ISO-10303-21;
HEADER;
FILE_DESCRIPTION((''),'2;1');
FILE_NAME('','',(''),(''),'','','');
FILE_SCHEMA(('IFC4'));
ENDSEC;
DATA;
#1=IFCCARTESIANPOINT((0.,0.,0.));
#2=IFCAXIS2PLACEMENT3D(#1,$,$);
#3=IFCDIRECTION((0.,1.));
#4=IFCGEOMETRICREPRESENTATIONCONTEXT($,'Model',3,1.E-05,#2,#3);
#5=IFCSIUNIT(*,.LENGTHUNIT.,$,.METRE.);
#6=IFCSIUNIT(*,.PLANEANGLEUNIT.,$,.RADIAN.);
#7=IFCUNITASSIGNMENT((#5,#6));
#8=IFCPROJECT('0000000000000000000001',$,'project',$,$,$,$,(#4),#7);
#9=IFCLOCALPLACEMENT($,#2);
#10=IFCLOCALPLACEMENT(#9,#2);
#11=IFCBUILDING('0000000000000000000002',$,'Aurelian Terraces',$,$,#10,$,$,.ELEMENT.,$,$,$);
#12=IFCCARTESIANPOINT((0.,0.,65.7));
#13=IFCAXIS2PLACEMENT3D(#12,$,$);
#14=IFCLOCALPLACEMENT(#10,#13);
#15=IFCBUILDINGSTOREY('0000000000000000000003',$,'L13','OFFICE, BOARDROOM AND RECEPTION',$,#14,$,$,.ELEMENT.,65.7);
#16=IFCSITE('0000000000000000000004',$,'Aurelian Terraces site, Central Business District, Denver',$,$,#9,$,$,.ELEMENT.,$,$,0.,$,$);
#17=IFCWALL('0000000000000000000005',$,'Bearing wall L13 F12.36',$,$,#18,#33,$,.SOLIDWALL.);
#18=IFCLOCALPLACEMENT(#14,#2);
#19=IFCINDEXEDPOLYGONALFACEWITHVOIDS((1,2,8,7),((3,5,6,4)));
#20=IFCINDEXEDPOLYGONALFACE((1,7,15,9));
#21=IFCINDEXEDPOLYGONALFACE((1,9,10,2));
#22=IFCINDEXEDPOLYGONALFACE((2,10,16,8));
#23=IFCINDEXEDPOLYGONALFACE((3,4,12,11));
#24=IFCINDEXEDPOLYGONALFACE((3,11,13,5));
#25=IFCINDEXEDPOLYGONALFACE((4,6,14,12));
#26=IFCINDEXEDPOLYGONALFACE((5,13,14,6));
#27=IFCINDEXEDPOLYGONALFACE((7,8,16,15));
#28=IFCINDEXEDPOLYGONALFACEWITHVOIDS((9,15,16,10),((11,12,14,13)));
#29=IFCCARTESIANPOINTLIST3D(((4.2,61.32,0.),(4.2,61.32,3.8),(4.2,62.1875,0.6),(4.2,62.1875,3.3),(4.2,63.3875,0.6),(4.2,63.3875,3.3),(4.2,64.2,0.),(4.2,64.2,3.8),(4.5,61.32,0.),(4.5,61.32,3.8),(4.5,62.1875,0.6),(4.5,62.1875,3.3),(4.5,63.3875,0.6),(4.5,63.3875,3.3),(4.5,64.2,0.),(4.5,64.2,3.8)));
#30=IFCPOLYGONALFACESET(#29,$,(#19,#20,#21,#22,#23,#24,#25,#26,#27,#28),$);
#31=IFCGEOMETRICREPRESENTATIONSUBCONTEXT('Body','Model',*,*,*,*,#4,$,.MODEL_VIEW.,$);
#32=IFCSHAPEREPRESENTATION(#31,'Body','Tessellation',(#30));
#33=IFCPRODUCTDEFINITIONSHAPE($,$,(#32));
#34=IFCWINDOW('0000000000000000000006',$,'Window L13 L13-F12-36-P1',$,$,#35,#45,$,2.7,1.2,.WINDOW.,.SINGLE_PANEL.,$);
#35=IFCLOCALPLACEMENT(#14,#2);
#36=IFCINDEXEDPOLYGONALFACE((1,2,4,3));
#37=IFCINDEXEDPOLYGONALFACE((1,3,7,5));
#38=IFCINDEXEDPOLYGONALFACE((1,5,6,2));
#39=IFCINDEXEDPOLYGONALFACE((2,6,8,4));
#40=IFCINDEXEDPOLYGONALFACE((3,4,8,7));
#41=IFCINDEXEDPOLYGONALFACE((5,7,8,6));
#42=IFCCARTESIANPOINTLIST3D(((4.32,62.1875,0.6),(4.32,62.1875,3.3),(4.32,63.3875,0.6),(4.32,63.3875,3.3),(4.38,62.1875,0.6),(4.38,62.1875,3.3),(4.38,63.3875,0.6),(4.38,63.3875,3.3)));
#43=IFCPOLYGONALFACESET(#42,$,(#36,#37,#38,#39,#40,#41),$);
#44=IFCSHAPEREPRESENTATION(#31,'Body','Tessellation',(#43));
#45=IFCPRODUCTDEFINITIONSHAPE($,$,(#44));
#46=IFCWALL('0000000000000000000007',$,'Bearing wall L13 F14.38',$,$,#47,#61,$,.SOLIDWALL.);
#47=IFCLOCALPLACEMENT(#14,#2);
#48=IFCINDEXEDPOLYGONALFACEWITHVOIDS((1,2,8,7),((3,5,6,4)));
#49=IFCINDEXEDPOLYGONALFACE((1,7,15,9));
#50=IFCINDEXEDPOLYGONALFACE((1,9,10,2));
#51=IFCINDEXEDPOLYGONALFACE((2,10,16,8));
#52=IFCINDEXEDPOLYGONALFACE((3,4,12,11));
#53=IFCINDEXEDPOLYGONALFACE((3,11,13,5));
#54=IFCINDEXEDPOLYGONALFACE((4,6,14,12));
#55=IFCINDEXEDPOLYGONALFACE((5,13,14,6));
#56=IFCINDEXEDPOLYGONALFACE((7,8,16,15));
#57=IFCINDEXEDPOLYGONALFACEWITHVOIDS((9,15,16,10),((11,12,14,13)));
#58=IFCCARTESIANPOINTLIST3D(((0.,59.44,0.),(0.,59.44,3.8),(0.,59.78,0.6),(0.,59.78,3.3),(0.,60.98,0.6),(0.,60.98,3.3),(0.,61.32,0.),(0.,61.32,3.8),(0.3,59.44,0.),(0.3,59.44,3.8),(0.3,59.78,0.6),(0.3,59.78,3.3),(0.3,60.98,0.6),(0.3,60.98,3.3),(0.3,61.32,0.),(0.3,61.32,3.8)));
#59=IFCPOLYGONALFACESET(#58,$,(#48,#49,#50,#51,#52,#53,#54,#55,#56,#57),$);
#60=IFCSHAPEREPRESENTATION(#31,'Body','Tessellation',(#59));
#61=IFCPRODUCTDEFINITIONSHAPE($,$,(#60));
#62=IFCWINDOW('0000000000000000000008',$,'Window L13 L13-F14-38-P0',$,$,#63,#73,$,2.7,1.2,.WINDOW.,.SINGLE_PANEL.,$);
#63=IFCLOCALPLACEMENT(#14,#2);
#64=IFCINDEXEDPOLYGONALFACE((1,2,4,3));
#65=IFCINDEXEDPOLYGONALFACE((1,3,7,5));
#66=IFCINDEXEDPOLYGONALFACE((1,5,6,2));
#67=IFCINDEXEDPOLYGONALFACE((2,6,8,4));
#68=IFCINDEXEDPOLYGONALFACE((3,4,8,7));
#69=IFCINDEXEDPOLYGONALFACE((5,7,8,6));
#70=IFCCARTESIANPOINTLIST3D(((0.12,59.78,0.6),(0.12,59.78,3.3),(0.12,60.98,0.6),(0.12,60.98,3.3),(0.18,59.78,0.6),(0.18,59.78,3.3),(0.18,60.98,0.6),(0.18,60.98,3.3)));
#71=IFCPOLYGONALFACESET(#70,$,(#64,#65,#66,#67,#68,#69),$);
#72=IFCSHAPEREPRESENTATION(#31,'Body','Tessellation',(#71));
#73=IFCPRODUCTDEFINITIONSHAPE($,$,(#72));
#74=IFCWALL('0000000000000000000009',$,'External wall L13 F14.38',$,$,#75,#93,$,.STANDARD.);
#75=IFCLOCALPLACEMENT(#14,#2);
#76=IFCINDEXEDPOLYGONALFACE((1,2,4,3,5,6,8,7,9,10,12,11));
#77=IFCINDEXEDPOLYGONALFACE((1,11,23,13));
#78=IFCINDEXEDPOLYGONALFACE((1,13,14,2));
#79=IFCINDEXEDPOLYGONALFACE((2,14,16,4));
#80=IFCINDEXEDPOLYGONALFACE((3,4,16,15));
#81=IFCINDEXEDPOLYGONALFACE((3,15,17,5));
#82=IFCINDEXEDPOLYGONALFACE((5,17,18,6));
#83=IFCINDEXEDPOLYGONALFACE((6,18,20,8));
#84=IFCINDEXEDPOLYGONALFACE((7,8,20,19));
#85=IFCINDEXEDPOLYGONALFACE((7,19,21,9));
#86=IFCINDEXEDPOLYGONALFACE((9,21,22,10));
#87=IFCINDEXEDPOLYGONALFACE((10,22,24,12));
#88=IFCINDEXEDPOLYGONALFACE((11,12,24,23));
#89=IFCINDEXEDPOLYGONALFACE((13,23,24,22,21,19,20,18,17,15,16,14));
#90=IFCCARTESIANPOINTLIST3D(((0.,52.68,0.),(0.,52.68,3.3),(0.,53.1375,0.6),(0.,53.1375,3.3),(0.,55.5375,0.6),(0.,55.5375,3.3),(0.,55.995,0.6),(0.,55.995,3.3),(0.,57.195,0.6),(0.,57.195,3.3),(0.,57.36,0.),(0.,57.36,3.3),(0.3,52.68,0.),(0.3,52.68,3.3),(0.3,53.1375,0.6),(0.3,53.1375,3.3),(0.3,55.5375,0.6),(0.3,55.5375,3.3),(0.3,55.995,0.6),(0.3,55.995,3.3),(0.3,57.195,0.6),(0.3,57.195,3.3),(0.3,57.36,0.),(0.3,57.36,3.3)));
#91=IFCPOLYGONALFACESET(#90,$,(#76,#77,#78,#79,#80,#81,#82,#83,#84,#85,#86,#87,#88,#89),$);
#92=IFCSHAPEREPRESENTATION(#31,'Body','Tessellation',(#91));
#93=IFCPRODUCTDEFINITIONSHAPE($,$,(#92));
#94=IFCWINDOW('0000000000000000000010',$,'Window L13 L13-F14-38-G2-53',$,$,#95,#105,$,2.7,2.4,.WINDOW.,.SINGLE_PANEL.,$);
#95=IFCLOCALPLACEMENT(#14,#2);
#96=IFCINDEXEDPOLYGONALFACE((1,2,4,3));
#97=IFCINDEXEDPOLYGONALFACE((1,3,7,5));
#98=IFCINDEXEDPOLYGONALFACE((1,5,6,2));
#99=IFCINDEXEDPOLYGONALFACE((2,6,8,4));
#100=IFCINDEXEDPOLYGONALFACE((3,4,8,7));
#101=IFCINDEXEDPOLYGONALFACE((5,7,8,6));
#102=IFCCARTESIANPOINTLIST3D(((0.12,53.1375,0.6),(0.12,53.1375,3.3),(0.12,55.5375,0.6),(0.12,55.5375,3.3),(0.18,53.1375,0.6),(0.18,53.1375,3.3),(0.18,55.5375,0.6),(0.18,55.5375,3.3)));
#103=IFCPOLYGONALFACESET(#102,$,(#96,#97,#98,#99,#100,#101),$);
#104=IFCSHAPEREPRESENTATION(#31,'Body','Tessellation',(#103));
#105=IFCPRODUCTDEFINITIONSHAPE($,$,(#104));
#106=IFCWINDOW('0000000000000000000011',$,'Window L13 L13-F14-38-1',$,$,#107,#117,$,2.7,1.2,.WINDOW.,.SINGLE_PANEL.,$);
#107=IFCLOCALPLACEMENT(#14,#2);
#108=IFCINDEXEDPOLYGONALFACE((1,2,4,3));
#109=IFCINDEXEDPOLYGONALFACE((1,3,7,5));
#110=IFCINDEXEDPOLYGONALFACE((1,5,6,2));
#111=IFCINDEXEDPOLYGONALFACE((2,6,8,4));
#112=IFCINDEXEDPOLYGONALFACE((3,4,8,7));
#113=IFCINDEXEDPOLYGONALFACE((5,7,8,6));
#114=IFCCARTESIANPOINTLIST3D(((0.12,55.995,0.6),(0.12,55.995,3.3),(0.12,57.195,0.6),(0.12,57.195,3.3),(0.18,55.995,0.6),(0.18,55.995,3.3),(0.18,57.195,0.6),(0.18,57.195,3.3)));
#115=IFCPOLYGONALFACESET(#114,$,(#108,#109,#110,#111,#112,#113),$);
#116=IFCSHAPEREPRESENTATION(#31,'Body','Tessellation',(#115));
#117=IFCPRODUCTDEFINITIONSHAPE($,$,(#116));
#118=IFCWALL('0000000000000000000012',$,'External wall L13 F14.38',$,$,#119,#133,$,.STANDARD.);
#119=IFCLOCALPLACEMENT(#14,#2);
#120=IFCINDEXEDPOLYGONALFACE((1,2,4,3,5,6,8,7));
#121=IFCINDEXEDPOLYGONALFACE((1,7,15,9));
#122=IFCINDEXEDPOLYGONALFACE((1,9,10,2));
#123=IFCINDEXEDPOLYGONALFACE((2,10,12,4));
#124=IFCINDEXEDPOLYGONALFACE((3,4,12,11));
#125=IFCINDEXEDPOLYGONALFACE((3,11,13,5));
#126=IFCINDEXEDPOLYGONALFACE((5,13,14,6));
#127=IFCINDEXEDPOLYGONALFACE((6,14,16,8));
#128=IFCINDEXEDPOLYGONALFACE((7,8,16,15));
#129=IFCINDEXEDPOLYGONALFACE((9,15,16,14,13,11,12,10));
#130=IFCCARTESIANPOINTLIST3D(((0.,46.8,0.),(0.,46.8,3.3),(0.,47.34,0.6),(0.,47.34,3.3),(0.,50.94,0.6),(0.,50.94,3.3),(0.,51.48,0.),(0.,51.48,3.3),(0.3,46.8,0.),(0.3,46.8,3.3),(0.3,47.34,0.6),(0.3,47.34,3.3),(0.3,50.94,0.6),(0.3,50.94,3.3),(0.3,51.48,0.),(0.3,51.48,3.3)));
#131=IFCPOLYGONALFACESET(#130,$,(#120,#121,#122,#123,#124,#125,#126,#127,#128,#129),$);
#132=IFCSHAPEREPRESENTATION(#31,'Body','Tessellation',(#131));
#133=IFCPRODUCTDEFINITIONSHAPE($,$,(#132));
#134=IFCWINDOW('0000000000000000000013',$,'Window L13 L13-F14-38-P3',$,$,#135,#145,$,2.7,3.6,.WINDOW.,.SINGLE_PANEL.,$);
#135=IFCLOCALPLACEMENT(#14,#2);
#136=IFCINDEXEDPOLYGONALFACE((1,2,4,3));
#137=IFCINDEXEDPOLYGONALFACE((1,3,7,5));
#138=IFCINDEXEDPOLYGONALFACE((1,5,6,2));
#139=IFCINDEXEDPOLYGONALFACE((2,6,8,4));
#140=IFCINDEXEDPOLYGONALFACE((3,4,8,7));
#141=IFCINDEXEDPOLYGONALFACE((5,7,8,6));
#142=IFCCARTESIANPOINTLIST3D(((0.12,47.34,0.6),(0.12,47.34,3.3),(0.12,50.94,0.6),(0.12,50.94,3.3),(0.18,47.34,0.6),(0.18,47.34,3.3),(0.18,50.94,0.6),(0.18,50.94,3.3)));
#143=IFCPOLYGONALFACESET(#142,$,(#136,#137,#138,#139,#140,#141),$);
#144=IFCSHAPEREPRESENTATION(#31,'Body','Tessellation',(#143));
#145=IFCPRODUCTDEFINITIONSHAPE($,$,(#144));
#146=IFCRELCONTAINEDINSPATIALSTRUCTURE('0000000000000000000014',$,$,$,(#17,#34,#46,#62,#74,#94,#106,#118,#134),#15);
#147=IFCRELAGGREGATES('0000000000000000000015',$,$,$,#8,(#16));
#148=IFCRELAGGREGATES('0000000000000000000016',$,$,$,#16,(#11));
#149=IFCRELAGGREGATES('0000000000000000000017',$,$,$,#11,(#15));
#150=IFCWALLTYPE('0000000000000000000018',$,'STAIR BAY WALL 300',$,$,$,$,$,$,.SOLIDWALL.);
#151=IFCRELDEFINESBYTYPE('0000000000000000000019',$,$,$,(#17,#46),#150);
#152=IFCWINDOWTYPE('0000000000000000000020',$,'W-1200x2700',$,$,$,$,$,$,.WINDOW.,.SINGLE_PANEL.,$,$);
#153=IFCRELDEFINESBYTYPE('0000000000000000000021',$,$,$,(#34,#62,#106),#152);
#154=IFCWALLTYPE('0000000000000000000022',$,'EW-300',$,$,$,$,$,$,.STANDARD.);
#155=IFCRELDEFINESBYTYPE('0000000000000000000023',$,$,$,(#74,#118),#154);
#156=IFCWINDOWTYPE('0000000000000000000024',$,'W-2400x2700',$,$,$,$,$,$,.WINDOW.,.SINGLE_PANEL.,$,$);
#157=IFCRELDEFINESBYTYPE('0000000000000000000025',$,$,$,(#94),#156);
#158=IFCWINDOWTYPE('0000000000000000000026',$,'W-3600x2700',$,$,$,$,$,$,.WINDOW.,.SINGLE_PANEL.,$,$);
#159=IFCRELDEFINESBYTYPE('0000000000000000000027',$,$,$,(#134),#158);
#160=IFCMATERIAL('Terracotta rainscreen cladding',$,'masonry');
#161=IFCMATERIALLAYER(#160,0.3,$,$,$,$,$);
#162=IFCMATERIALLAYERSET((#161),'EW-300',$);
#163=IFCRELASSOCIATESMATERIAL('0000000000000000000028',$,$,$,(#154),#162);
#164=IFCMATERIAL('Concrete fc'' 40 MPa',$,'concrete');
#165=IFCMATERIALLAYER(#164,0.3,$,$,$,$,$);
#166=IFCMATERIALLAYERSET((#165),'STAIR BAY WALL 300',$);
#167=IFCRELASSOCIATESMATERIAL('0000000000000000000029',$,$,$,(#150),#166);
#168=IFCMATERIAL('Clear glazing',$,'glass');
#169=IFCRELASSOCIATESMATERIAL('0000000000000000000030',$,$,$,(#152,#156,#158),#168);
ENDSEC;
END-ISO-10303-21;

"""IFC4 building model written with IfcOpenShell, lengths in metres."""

from ifc_helpers import new_model, si_unit, direction, frame, frame_2d, origin, place, context, subcontext, project, spatial, rectangle, extrude, source, transform, mapped, material, layer, layer_set, type_object, element, fill, save


model = new_model("IFC4")

# Units and contexts
model_context = context("Model", 3, precision=1e-05, world=origin(), true_north=direction((0.0, 1.0)))
body_context = subcontext(model_context, "Body", "Model", "MODEL_VIEW")
ifc_project = project(units=[si_unit("LENGTHUNIT", "METRE"), si_unit("PLANEANGLEUNIT", "RADIAN")], contexts=[model_context])

# Site, building, storey
site_placement = place(None, origin())
site = spatial("IfcSite", under=ifc_project, at=site_placement, Name="Aurelian Terraces site, Central Business District, Denver", CompositionType="ELEMENT", RefElevation=0.0)
building_placement = place(site_placement, origin())
building = spatial("IfcBuilding", under=site, at=building_placement, Name="Aurelian Terraces", CompositionType="ELEMENT")
storey_placement = place(building_placement, frame((0.0, 0.0, 65.7)))
storey = spatial("IfcBuildingStorey", under=building, at=storey_placement, Name="L13", Description="OFFICE, BOARDROOM AND RECEPTION", CompositionType="ELEMENT", Elevation=65.7)

# Shared definitions
ifc_material_1 = material(Name="Concrete fc' 40 MPa", Category="concrete")

# Shared definitions
ifc_material_2 = material(Name="Terracotta rainscreen cladding", Category="masonry")
ifc_layer_1 = layer(ifc_material_2, 0.3)
ifc_layer_set_1 = layer_set([ifc_layer_1], Name="EW-300")
wall_type_1 = type_object("IfcWallType", Name="EW-300", PredefinedType="STANDARD", material=ifc_layer_set_1)

# Shared definitions
ifc_layer_2 = layer(ifc_material_1, 0.3)
ifc_layer_set_2 = layer_set([ifc_layer_2], Name="STAIR BAY WALL 300")
wall_type_2 = type_object("IfcWallType", Name="STAIR BAY WALL 300", PredefinedType="SOLIDWALL", material=ifc_layer_set_2)
ifc_material_3 = material(Name="Clear glazing", Category="glass")

# Walls, openings, windows
wall_1_placement = place(storey_placement, frame((4.35, 64.2, 0.0), z_axis=(0.0, 0.0, 1.0), x_axis=(0.0, -1.0, 0.0)))
wall_1 = element("IfcWall", 1, at=wall_1_placement, inside=storey, type_object=wall_type_2, Name="Bearing wall L13 F12.36", PredefinedType="SOLIDWALL", context=body_context, shape_type="SweptSolid", body=[
    extrude(rectangle(XDim=2.88, YDim=0.3, at=frame_2d((1.44, 0.0))), origin(), (0.0, 0.0, 1.0), 3.8),
])
shared_shape_1 = source(origin(), body_context, "Body", "SweptSolid", [
    extrude(rectangle(XDim=1.2, YDim=2.7, at=frame_2d((0.6, 1.35))), frame((0.0, 0.16, 0.0), z_axis=(0.0, -1.0, 0.0), x_axis=(1.0, 0.0, 0.0)), (0.0, 0.0, 1.0), 0.32),
])
opening_1_placement = place(wall_1_placement, frame((0.8125, 0.0, 0.6)))
opening_1 = element("IfcOpeningElement", 2, at=opening_1_placement, cuts=wall_1, PredefinedType="OPENING", context=body_context, shape_type="MappedRepresentation", body=[
    mapped(shared_shape_1, transform((0.0, 0.0, 0.0), scale=1.0)),
])
window_type_1 = type_object("IfcWindowType", Name="W-1200x2700", PartitioningType="SINGLE_PANEL", PredefinedType="WINDOW", material=ifc_material_3)
shared_shape_2 = source(origin(), body_context, "Body", "SweptSolid", [
    extrude(rectangle(XDim=1.2, YDim=2.7, at=frame_2d((0.6, 1.35))), frame((0.0, 0.03, 0.0), z_axis=(0.0, -1.0, 0.0), x_axis=(1.0, 0.0, 0.0)), (0.0, 0.0, 1.0), 0.06),
])
window_1_placement = place(opening_1_placement, origin())
window_1 = element("IfcWindow", 3, at=window_1_placement, inside=storey, type_object=window_type_1, Name="Window L13 L13-F12-36-P1", OverallHeight=2.7, OverallWidth=1.2, PartitioningType="SINGLE_PANEL", PredefinedType="WINDOW", context=body_context, shape_type="MappedRepresentation", body=[
    mapped(shared_shape_2, transform((0.0, 0.0, 0.0), scale=1.0)),
])
fill(opening_1, window_1)
wall_2_placement = place(storey_placement, frame((0.15, 61.32, 0.0), z_axis=(0.0, 0.0, 1.0), x_axis=(0.0, -1.0, 0.0)))
wall_2 = element("IfcWall", 4, at=wall_2_placement, inside=storey, type_object=wall_type_2, Name="Bearing wall L13 F14.38", PredefinedType="SOLIDWALL", context=body_context, shape_type="SweptSolid", body=[
    extrude(rectangle(XDim=1.88, YDim=0.3, at=frame_2d((0.94, 0.0))), origin(), (0.0, 0.0, 1.0), 3.8),
])
opening_2_placement = place(wall_2_placement, frame((0.34, 0.0, 0.6)))
opening_2 = element("IfcOpeningElement", 5, at=opening_2_placement, cuts=wall_2, PredefinedType="OPENING", context=body_context, shape_type="MappedRepresentation", body=[
    mapped(shared_shape_1, transform((0.0, 0.0, 0.0), scale=1.0)),
])
window_2_placement = place(opening_2_placement, origin())
window_2 = element("IfcWindow", 6, at=window_2_placement, inside=storey, type_object=window_type_1, Name="Window L13 L13-F14-38-P0", OverallHeight=2.7, OverallWidth=1.2, PartitioningType="SINGLE_PANEL", PredefinedType="WINDOW", context=body_context, shape_type="MappedRepresentation", body=[
    mapped(shared_shape_2, transform((0.0, 0.0, 0.0), scale=1.0)),
])
fill(opening_2, window_2)

# Wall, openings, windows
shared_shape_3 = source(origin(), body_context, "Body", "SweptSolid", [
    extrude(rectangle(XDim=4.68, YDim=0.3, at=frame_2d((2.34, 0.0))), origin(), (0.0, 0.0, 1.0), 3.3),
])
wall_3_placement = place(storey_placement, frame((0.15, 57.36, 0.0), z_axis=(0.0, 0.0, 1.0), x_axis=(0.0, -1.0, 0.0)))
wall_3 = element("IfcWall", 7, at=wall_3_placement, inside=storey, type_object=wall_type_1, Name="External wall L13 F14.38", PredefinedType="STANDARD", context=body_context, shape_type="MappedRepresentation", body=[
    mapped(shared_shape_3, transform((0.0, 0.0, 0.0), scale=1.0)),
])
opening_3_placement = place(wall_3_placement, frame((0.165, 0.0, 0.6)))
opening_3 = element("IfcOpeningElement", 8, at=opening_3_placement, cuts=wall_3, PredefinedType="OPENING", context=body_context, shape_type="MappedRepresentation", body=[
    mapped(shared_shape_1, transform((0.0, 0.0, 0.0), scale=1.0)),
])
shared_shape_4 = source(origin(), body_context, "Body", "SweptSolid", [
    extrude(rectangle(XDim=2.4, YDim=2.7, at=frame_2d((1.2, 1.35))), frame((0.0, 0.16, 0.0), z_axis=(0.0, -1.0, 0.0), x_axis=(1.0, 0.0, 0.0)), (0.0, 0.0, 1.0), 0.32),
])
opening_4_placement = place(wall_3_placement, frame((1.8225, 0.0, 0.6)))
opening_4 = element("IfcOpeningElement", 9, at=opening_4_placement, cuts=wall_3, PredefinedType="OPENING", context=body_context, shape_type="MappedRepresentation", body=[
    mapped(shared_shape_4, transform((0.0, 0.0, 0.0), scale=1.0)),
])
window_type_2 = type_object("IfcWindowType", Name="W-2400x2700", PartitioningType="SINGLE_PANEL", PredefinedType="WINDOW", material=ifc_material_3)
shared_shape_5 = source(origin(), body_context, "Body", "SweptSolid", [
    extrude(rectangle(XDim=2.4, YDim=2.7, at=frame_2d((1.2, 1.35))), frame((0.0, 0.03, 0.0), z_axis=(0.0, -1.0, 0.0), x_axis=(1.0, 0.0, 0.0)), (0.0, 0.0, 1.0), 0.06),
])
window_3_placement = place(opening_4_placement, origin())
window_3 = element("IfcWindow", 10, at=window_3_placement, inside=storey, type_object=window_type_2, Name="Window L13 L13-F14-38-G2-53", OverallHeight=2.7, OverallWidth=2.4, PartitioningType="SINGLE_PANEL", PredefinedType="WINDOW", context=body_context, shape_type="MappedRepresentation", body=[
    mapped(shared_shape_5, transform((0.0, 0.0, 0.0), scale=1.0)),
])
fill(opening_4, window_3)
window_4_placement = place(opening_3_placement, origin())
window_4 = element("IfcWindow", 11, at=window_4_placement, inside=storey, type_object=window_type_1, Name="Window L13 L13-F14-38-1", OverallHeight=2.7, OverallWidth=1.2, PartitioningType="SINGLE_PANEL", PredefinedType="WINDOW", context=body_context, shape_type="MappedRepresentation", body=[
    mapped(shared_shape_2, transform((0.0, 0.0, 0.0), scale=1.0)),
])
fill(opening_3, window_4)

# Wall, opening, window
wall_4_placement = place(storey_placement, frame((0.15, 51.48, 0.0), z_axis=(0.0, 0.0, 1.0), x_axis=(0.0, -1.0, 0.0)))
wall_4 = element("IfcWall", 12, at=wall_4_placement, inside=storey, type_object=wall_type_1, Name="External wall L13 F14.38", PredefinedType="STANDARD", context=body_context, shape_type="MappedRepresentation", body=[
    mapped(shared_shape_3, transform((0.0, 0.0, 0.0), scale=1.0)),
])
shared_shape_6 = source(origin(), body_context, "Body", "SweptSolid", [
    extrude(rectangle(XDim=3.6, YDim=2.7, at=frame_2d((1.8, 1.35))), frame((0.0, 0.16, 0.0), z_axis=(0.0, -1.0, 0.0), x_axis=(1.0, 0.0, 0.0)), (0.0, 0.0, 1.0), 0.32),
])
opening_5_placement = place(wall_4_placement, frame((0.54, 0.0, 0.6)))
opening_5 = element("IfcOpeningElement", 13, at=opening_5_placement, cuts=wall_4, PredefinedType="OPENING", context=body_context, shape_type="MappedRepresentation", body=[
    mapped(shared_shape_6, transform((0.0, 0.0, 0.0), scale=1.0)),
])
window_type_3 = type_object("IfcWindowType", Name="W-3600x2700", PartitioningType="SINGLE_PANEL", PredefinedType="WINDOW", material=ifc_material_3)
shared_shape_7 = source(origin(), body_context, "Body", "SweptSolid", [
    extrude(rectangle(XDim=3.6, YDim=2.7, at=frame_2d((1.8, 1.35))), frame((0.0, 0.03, 0.0), z_axis=(0.0, -1.0, 0.0), x_axis=(1.0, 0.0, 0.0)), (0.0, 0.0, 1.0), 0.06),
])
window_5_placement = place(opening_5_placement, origin())
window_5 = element("IfcWindow", 14, at=window_5_placement, inside=storey, type_object=window_type_3, Name="Window L13 L13-F14-38-P3", OverallHeight=2.7, OverallWidth=3.6, PartitioningType="SINGLE_PANEL", PredefinedType="WINDOW", context=body_context, shape_type="MappedRepresentation", body=[
    mapped(shared_shape_7, transform((0.0, 0.0, 0.0), scale=1.0)),
])
fill(opening_5, window_5)

save(model, "model.ifc")
